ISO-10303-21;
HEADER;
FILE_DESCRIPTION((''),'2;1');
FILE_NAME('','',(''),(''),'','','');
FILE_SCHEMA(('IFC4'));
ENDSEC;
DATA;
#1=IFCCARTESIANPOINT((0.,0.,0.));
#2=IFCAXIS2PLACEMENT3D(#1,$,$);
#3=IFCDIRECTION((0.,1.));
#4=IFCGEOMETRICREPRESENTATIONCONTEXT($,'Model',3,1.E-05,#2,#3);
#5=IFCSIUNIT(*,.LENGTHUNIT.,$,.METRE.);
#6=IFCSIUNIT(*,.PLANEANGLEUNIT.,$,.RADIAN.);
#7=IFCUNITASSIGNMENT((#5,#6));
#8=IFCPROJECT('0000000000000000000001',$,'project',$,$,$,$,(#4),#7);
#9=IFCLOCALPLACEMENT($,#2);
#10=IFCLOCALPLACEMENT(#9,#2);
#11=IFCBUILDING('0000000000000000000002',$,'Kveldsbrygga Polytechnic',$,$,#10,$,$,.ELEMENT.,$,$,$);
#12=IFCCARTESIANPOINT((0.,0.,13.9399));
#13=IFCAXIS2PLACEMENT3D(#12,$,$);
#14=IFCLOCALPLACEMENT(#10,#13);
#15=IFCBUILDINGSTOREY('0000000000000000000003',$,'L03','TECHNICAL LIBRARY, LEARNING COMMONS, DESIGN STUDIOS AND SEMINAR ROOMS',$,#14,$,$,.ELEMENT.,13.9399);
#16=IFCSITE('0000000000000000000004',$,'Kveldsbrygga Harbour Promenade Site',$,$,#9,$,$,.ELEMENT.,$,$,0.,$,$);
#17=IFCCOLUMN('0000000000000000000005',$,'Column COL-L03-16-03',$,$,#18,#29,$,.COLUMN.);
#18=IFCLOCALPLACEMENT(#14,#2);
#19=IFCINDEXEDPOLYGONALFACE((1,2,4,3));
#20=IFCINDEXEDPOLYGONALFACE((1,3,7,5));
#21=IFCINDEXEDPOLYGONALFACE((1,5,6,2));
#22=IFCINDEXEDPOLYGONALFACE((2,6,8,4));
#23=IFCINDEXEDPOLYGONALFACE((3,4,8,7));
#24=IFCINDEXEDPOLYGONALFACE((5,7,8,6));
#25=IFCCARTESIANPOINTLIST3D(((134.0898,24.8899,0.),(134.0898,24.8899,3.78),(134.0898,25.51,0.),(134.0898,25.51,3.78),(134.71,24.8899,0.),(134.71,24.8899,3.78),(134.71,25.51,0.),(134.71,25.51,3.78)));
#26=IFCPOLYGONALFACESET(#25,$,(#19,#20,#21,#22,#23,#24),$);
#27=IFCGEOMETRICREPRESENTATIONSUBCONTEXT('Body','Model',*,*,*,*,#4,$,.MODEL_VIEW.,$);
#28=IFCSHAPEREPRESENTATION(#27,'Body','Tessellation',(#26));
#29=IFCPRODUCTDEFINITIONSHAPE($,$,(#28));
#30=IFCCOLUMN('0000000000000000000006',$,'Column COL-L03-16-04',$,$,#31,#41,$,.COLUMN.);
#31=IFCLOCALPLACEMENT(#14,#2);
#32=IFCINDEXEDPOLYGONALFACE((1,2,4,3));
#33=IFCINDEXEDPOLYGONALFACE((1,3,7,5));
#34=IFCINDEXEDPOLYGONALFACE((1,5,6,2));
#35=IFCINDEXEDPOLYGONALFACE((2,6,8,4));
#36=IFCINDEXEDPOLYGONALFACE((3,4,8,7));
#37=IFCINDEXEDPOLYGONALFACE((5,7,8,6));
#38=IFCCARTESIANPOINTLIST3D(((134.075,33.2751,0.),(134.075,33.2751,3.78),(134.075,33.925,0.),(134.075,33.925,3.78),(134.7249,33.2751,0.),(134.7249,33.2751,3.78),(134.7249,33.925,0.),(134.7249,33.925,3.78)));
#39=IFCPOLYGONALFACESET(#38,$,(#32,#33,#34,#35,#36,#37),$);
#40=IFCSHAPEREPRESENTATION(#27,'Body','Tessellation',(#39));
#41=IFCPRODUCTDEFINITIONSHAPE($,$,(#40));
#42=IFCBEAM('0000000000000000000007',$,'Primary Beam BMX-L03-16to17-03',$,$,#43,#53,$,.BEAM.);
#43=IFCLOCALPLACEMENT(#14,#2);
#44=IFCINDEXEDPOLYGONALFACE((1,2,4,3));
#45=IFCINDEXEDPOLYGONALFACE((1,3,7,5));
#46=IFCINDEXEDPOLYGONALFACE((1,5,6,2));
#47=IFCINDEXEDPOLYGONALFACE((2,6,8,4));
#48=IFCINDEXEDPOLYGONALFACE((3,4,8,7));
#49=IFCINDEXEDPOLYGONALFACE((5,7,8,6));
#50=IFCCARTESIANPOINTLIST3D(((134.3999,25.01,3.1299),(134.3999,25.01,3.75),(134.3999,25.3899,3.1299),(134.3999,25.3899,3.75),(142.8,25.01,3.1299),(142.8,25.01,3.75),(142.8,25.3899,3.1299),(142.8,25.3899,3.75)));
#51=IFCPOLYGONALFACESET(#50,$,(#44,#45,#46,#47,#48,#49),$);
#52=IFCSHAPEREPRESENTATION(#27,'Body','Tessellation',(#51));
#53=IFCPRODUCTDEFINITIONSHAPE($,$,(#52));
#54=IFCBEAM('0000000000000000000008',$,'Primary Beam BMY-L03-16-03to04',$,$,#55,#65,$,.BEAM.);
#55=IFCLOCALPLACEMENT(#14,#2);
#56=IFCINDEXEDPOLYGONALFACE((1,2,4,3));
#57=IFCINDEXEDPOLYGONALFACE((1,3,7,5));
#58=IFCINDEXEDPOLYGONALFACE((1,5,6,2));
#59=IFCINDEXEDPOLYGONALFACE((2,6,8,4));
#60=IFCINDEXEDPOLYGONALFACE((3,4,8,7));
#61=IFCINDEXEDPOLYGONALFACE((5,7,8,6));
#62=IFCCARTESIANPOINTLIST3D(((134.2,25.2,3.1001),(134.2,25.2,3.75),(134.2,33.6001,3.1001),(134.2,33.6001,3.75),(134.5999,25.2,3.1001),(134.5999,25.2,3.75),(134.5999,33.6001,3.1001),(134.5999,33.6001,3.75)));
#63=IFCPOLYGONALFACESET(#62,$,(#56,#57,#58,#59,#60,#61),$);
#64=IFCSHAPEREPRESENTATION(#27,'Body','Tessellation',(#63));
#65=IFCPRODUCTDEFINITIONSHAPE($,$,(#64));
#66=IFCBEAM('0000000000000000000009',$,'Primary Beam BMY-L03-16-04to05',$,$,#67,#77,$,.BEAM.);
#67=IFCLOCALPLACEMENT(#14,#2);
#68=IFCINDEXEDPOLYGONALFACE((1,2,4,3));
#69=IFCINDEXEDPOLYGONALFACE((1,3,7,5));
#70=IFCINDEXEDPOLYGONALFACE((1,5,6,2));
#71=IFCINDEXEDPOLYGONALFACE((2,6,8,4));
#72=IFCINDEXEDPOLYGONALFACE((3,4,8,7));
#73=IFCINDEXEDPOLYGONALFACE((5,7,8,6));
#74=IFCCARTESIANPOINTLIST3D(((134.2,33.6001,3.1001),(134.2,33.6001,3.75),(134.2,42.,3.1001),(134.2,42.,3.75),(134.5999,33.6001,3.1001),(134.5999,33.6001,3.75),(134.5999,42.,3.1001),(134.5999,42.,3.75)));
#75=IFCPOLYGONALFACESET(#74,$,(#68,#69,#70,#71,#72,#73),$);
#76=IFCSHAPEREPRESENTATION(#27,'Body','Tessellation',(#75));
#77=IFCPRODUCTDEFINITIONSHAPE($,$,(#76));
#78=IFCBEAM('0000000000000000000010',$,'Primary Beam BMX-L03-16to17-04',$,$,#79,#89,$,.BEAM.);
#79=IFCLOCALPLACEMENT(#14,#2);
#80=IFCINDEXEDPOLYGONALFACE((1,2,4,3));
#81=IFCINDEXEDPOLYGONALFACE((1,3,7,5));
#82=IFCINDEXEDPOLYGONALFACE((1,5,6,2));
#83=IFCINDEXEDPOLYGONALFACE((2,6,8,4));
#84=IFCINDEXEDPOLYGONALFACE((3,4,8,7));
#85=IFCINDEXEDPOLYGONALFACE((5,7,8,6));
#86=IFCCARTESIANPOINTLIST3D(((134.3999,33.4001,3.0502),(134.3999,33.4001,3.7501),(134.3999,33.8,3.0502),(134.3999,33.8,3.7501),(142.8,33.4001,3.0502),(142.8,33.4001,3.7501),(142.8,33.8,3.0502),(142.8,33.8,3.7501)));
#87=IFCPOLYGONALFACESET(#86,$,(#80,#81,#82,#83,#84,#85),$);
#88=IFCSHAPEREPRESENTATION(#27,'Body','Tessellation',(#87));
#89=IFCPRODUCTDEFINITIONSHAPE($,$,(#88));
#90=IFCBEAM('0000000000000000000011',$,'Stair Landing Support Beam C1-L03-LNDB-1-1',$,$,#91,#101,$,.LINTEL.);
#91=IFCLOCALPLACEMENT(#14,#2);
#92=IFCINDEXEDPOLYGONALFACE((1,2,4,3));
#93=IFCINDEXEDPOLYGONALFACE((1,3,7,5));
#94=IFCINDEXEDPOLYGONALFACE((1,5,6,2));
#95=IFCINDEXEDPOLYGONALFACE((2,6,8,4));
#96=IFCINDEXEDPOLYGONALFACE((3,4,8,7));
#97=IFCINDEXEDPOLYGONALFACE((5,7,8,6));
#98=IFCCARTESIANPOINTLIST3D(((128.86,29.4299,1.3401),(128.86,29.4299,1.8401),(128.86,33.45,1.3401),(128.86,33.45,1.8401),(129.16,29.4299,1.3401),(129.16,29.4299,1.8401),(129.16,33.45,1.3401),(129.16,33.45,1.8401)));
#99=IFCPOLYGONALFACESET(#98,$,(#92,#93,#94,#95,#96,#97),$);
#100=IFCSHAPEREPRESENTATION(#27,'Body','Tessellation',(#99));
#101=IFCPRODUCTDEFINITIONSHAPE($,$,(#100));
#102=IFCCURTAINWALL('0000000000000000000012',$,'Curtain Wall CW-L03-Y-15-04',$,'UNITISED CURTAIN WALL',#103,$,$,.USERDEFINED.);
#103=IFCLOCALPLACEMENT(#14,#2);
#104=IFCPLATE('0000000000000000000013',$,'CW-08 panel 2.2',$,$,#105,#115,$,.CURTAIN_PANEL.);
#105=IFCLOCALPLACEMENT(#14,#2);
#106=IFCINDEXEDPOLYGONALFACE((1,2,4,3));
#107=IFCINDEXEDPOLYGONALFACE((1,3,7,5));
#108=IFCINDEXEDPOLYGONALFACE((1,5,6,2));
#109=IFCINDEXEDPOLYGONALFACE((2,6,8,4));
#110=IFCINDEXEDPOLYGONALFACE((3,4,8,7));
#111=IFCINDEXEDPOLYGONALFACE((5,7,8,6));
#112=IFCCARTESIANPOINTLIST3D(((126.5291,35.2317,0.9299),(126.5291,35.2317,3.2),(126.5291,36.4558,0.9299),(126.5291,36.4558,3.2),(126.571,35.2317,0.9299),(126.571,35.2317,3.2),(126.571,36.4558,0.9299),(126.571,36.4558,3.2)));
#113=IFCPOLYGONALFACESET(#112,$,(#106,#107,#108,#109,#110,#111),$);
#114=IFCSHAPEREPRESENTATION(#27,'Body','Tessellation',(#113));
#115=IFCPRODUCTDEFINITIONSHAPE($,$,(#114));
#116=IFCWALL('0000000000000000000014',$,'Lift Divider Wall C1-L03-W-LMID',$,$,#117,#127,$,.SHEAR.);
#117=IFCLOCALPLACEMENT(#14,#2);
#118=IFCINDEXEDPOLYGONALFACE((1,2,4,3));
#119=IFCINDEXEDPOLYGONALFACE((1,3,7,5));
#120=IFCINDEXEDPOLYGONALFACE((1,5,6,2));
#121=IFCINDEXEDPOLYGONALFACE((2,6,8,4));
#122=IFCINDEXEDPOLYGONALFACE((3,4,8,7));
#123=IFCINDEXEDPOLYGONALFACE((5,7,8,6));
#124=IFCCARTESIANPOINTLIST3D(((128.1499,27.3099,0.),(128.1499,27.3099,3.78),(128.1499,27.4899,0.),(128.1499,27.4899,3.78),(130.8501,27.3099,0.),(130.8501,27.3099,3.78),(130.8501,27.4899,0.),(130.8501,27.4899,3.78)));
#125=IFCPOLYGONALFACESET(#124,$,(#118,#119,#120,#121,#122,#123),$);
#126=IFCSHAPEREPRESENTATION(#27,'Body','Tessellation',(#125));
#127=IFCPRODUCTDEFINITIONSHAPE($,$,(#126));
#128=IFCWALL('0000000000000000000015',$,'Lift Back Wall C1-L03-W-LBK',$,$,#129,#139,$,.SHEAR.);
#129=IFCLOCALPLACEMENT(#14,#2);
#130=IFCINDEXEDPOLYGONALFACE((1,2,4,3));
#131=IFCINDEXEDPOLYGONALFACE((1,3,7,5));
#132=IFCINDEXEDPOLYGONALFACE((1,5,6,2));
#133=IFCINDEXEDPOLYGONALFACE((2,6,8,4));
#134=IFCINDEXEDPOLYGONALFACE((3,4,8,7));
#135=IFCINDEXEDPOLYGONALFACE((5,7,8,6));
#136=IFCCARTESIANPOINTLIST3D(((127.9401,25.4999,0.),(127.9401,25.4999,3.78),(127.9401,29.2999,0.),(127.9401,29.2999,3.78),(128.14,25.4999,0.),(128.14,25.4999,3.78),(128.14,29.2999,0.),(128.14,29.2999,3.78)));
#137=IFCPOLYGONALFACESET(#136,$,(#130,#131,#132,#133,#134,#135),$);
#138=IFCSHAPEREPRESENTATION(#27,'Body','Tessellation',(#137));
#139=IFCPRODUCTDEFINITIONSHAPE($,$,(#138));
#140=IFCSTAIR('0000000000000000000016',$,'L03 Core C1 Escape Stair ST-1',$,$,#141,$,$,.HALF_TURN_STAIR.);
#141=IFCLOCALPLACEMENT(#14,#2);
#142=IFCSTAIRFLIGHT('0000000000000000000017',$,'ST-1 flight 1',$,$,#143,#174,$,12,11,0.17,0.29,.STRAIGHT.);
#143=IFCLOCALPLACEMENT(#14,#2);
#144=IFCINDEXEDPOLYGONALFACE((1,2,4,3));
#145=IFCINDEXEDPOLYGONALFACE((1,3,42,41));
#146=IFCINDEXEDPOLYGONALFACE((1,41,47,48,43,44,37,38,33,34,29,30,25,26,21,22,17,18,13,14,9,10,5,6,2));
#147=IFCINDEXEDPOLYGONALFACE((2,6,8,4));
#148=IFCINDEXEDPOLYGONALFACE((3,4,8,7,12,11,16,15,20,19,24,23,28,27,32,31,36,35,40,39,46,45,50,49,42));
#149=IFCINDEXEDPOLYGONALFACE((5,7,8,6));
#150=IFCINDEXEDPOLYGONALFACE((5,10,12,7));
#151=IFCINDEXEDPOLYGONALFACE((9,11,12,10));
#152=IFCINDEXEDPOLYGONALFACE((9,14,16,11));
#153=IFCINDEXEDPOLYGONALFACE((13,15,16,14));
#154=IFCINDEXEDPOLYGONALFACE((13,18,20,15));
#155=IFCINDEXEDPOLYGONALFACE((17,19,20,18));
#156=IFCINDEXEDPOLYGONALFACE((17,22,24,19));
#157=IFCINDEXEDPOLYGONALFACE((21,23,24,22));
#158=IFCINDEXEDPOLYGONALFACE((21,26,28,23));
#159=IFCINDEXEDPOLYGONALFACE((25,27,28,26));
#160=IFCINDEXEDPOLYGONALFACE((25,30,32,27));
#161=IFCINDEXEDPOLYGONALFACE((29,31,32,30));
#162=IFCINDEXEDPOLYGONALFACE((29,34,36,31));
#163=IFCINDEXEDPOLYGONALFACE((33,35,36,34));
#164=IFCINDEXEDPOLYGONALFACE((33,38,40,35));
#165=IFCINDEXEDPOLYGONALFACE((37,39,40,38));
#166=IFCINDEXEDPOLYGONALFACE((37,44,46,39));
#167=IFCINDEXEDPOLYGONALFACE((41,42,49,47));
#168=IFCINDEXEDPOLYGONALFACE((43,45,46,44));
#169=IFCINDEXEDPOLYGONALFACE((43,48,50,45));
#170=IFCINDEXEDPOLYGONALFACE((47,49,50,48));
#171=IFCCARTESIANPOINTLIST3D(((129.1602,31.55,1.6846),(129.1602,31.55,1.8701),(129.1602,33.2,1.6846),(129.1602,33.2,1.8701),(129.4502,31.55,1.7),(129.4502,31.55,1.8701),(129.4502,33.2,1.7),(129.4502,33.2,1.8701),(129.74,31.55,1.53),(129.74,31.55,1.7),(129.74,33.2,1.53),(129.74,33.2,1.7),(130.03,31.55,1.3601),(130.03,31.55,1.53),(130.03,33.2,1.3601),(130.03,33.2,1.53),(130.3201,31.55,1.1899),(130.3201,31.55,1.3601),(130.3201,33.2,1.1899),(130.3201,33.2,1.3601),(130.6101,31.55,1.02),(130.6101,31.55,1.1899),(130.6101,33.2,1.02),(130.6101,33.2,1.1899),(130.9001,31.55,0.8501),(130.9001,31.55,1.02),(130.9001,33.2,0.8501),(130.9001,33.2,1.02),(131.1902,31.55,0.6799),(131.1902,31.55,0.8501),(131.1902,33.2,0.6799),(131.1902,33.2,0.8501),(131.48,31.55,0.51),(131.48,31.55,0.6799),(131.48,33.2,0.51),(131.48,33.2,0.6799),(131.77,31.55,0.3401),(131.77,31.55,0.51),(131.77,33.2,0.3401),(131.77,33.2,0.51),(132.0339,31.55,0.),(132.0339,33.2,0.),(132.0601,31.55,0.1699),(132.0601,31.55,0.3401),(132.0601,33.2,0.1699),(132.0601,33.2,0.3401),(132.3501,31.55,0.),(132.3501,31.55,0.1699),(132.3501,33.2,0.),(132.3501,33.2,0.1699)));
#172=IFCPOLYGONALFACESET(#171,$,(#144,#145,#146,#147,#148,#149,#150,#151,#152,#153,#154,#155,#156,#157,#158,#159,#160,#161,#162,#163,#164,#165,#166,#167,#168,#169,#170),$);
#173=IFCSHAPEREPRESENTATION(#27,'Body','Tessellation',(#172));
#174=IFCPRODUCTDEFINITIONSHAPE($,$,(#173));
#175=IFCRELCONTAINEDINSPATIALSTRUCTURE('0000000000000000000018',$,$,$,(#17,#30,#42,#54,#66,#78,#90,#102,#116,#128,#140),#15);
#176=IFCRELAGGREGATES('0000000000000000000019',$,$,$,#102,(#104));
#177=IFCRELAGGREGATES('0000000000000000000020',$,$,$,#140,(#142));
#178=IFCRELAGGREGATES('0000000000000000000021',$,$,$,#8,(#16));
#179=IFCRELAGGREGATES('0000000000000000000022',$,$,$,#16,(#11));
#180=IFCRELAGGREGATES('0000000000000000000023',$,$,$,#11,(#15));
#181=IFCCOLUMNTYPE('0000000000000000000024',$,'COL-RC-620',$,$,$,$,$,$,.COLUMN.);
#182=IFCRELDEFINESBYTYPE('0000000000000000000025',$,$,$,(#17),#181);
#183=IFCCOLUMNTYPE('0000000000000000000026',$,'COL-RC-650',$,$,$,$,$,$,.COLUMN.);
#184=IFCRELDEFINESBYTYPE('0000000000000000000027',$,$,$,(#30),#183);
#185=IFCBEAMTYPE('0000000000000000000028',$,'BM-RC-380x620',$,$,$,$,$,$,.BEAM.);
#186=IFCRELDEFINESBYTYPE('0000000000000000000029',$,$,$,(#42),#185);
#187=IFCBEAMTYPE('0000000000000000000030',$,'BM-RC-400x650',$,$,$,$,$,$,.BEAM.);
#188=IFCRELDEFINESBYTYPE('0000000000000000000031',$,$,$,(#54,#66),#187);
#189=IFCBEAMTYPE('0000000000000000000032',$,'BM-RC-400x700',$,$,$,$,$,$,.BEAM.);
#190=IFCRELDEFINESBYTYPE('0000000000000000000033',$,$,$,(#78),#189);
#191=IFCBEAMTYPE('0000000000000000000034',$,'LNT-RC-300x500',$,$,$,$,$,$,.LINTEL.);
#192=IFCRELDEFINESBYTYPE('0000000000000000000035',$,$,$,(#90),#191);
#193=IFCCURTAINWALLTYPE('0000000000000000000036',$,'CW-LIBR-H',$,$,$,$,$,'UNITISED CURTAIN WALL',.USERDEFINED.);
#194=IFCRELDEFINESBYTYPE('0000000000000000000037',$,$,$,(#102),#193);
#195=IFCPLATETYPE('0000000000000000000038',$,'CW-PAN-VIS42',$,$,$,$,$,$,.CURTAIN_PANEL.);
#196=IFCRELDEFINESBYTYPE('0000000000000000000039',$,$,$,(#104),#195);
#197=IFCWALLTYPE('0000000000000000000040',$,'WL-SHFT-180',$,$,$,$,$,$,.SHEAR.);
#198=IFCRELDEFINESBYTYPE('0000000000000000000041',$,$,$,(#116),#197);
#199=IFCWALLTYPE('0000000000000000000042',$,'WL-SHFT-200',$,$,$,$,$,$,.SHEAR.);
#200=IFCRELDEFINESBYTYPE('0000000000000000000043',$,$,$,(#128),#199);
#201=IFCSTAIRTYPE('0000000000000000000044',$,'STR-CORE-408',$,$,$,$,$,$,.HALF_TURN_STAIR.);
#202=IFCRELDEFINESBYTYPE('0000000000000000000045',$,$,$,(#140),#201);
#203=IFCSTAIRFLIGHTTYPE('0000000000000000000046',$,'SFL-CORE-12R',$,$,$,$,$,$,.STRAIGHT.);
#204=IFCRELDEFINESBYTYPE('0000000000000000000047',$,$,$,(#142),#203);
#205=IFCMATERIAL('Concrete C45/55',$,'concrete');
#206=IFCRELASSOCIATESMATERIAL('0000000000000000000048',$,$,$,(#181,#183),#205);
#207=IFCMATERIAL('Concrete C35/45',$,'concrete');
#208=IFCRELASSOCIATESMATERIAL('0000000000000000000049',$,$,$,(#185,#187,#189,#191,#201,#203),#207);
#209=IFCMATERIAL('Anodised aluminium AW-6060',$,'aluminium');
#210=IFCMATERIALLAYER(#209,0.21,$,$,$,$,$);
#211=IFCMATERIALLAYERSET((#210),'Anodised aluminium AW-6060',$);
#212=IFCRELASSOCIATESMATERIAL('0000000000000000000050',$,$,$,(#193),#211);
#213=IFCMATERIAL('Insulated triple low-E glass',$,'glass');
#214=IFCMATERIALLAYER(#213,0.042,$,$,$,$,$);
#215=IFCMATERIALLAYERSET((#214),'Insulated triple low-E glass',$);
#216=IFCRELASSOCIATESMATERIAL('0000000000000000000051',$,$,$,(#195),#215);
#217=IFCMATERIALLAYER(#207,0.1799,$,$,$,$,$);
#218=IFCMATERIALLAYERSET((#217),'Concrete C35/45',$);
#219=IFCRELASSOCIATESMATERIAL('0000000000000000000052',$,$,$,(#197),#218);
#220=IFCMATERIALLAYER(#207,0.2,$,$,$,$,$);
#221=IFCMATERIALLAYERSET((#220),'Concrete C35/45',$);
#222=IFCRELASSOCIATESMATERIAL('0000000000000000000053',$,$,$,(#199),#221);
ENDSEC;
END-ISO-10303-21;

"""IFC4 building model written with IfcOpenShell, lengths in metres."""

from ifc_helpers import new_model, si_unit, direction, frame, frame_2d, origin, origin_2d, place, context, subcontext, project, spatial, polyline, rectangle, outline, extrude, material, layer, layer_set, material_profile, profile_set, type_object, element, aggregate, save


model = new_model("IFC4")

# Units and contexts
model_context = context("Model", 3, precision=1e-05, world=origin(), true_north=direction((0.0, 1.0)))
body_context = subcontext(model_context, "Body", "Model", "MODEL_VIEW")
ifc_project = project(units=[si_unit("LENGTHUNIT", "METRE"), si_unit("PLANEANGLEUNIT", "RADIAN")], contexts=[model_context])

# Site, building, storey
site_placement = place(None, origin())
site = spatial("IfcSite", under=ifc_project, at=site_placement, Name="Kveldsbrygga Harbour Promenade Site", CompositionType="ELEMENT", RefElevation=0.0)
building_placement = place(site_placement, origin())
building = spatial("IfcBuilding", under=site, at=building_placement, Name="Kveldsbrygga Polytechnic", CompositionType="ELEMENT")
storey_placement = place(building_placement, frame((0.0, 0.0, 13.9399)))
storey = spatial("IfcBuildingStorey", under=building, at=storey_placement, Name="L03", Description="TECHNICAL LIBRARY, LEARNING COMMONS, DESIGN STUDIOS AND SEMINAR ROOMS", CompositionType="ELEMENT", Elevation=13.9399)

# Columns
ifc_material_1 = material(Name="Concrete C45/55", Category="concrete")
ifc_material_profile_1 = material_profile(ifc_material_1, rectangle(XDim=0.6201, YDim=0.6201, at=origin_2d()), Name="RC 620x620")
ifc_profile_set_1 = profile_set([ifc_material_profile_1], Name="Concrete C45/55")
column_type_1 = type_object("IfcColumnType", Name="COL-RC-620", PredefinedType="COLUMN", material=ifc_profile_set_1)
column_1_placement = place(storey_placement, frame((134.3999, 25.2, 0.0), z_axis=(0.0, 0.0, 1.0), x_axis=(1.0, 0.0, 0.0)))
element("IfcColumn", 1, at=column_1_placement, inside=storey, type_object=column_type_1, Name="Column COL-L03-16-03", PredefinedType="COLUMN", context=body_context, shape_type="SweptSolid", body=[
    extrude(rectangle(XDim=0.6201, YDim=0.6201, at=origin_2d()), origin(), (0.0, 0.0, 1.0), 3.78),
])
ifc_material_profile_2 = material_profile(ifc_material_1, rectangle(XDim=0.6499, YDim=0.6499, at=origin_2d()), Name="RC 650x650")
ifc_profile_set_2 = profile_set([ifc_material_profile_2], Name="Concrete C45/55")
column_type_2 = type_object("IfcColumnType", Name="COL-RC-650", PredefinedType="COLUMN", material=ifc_profile_set_2)
column_2_placement = place(storey_placement, frame((134.3999, 33.6001, 0.0), z_axis=(0.0, 0.0, 1.0), x_axis=(1.0, 0.0, 0.0)))
element("IfcColumn", 2, at=column_2_placement, inside=storey, type_object=column_type_2, Name="Column COL-L03-16-04", PredefinedType="COLUMN", context=body_context, shape_type="SweptSolid", body=[
    extrude(rectangle(XDim=0.6499, YDim=0.6499, at=origin_2d()), origin(), (0.0, 0.0, 1.0), 3.78),
])

# Beams
ifc_material_2 = material(Name="Concrete C35/45", Category="concrete")
ifc_material_profile_3 = material_profile(ifc_material_2, rectangle(XDim=0.3799, YDim=0.6201, at=origin_2d()), Name="RC 380x620")
ifc_profile_set_3 = profile_set([ifc_material_profile_3], Name="Concrete C35/45")
beam_type_1 = type_object("IfcBeamType", Name="BM-RC-380x620", PredefinedType="BEAM", material=ifc_profile_set_3)
beam_1_placement = place(storey_placement, frame((134.3999, 25.2, 3.4399), z_axis=(1.0, 0.0, 0.0), x_axis=(0.0, 1.0, 0.0)))
element("IfcBeam", 3, at=beam_1_placement, inside=storey, type_object=beam_type_1, Name="Primary Beam BMX-L03-16to17-03", PredefinedType="BEAM", context=body_context, shape_type="SweptSolid", body=[
    extrude(rectangle(XDim=0.3799, YDim=0.6201, at=origin_2d()), origin(), (0.0, 0.0, 1.0), 8.4001),
])
ifc_material_profile_4 = material_profile(ifc_material_2, rectangle(XDim=0.3999, YDim=0.6499, at=origin_2d()), Name="RC 400x650")
ifc_profile_set_4 = profile_set([ifc_material_profile_4], Name="Concrete C35/45")
beam_type_2 = type_object("IfcBeamType", Name="BM-RC-400x650", PredefinedType="BEAM", material=ifc_profile_set_4)
beam_2_placement = place(storey_placement, frame((134.3999, 25.2, 3.425), z_axis=(0.0, 1.0, 0.0), x_axis=(-1.0, 0.0, 0.0)))
element("IfcBeam", 4, at=beam_2_placement, inside=storey, type_object=beam_type_2, Name="Primary Beam BMY-L03-16-03to04", PredefinedType="BEAM", context=body_context, shape_type="SweptSolid", body=[
    extrude(rectangle(XDim=0.3999, YDim=0.6499, at=origin_2d()), origin(), (0.0, 0.0, 1.0), 8.4001),
])
beam_3_placement = place(storey_placement, frame((134.3999, 33.6001, 3.425), z_axis=(0.0, 1.0, 0.0), x_axis=(-1.0, 0.0, 0.0)))
element("IfcBeam", 5, at=beam_3_placement, inside=storey, type_object=beam_type_2, Name="Primary Beam BMY-L03-16-04to05", PredefinedType="BEAM", context=body_context, shape_type="SweptSolid", body=[
    extrude(rectangle(XDim=0.3999, YDim=0.6499, at=origin_2d()), origin(), (0.0, 0.0, 1.0), 8.3999),
])
ifc_material_profile_5 = material_profile(ifc_material_2, rectangle(XDim=0.3999, YDim=0.7, at=origin_2d()), Name="RC 400x700")
ifc_profile_set_5 = profile_set([ifc_material_profile_5], Name="Concrete C35/45")
beam_type_3 = type_object("IfcBeamType", Name="BM-RC-400x700", PredefinedType="BEAM", material=ifc_profile_set_5)
beam_4_placement = place(storey_placement, frame((134.3999, 33.6001, 3.4001), z_axis=(1.0, 0.0, 0.0), x_axis=(0.0, 1.0, 0.0)))
element("IfcBeam", 6, at=beam_4_placement, inside=storey, type_object=beam_type_3, Name="Primary Beam BMX-L03-16to17-04", PredefinedType="BEAM", context=body_context, shape_type="SweptSolid", body=[
    extrude(rectangle(XDim=0.3999, YDim=0.7, at=origin_2d()), origin(), (0.0, 0.0, 1.0), 8.4001),
])
ifc_material_profile_6 = material_profile(ifc_material_2, rectangle(XDim=0.3, YDim=0.5, at=origin_2d()), Name="RC 300x500")
ifc_profile_set_6 = profile_set([ifc_material_profile_6], Name="Concrete C35/45")
beam_type_4 = type_object("IfcBeamType", Name="LNT-RC-300x500", PredefinedType="LINTEL", material=ifc_profile_set_6)
beam_5_placement = place(storey_placement, frame((129.01, 29.4299, 1.5901), z_axis=(0.0, 1.0, 0.0), x_axis=(-1.0, 0.0, 0.0)))
element("IfcBeam", 7, at=beam_5_placement, inside=storey, type_object=beam_type_4, Name="Stair Landing Support Beam C1-L03-LNDB-1-1", PredefinedType="LINTEL", context=body_context, shape_type="SweptSolid", body=[
    extrude(rectangle(XDim=0.3, YDim=0.5, at=origin_2d()), origin(), (0.0, 0.0, 1.0), 4.02),
])

# Curtain wall, plate
ifc_material_3 = material(Name="Anodised aluminium AW-6060", Category="aluminium")
ifc_layer_1 = layer(ifc_material_3, 0.21)
ifc_layer_set_1 = layer_set([ifc_layer_1], Name="Anodised aluminium AW-6060")
curtain_wall_type = type_object("IfcCurtainWallType", Name="CW-LIBR-H", ElementType="UNITISED CURTAIN WALL", PredefinedType="USERDEFINED", material=ifc_layer_set_1)
curtain_wall_placement = place(storey_placement, origin())
curtain_wall = element("IfcCurtainWall", 8, at=curtain_wall_placement, inside=storey, type_object=curtain_wall_type, Name="Curtain Wall CW-L03-Y-15-04", ObjectType="UNITISED CURTAIN WALL", PredefinedType="USERDEFINED")
ifc_material_4 = material(Name="Insulated triple low-E glass", Category="glass")
ifc_layer_2 = layer(ifc_material_4, 0.042)
ifc_layer_set_2 = layer_set([ifc_layer_2], Name="Insulated triple low-E glass")
plate_type = type_object("IfcPlateType", Name="CW-PAN-VIS42", PredefinedType="CURTAIN_PANEL", material=ifc_layer_set_2)
plate_placement = place(storey_placement, frame((126.55, 35.8438, 0.9299), z_axis=(0.0, 0.0, 1.0), x_axis=(0.0, 1.0, 0.0)))
plate = element("IfcPlate", 9, at=plate_placement, type_object=plate_type, Name="CW-08 panel 2.2", PredefinedType="CURTAIN_PANEL", context=body_context, shape_type="SweptSolid", body=[
    extrude(rectangle(XDim=1.2241, YDim=0.042, at=origin_2d()), origin(), (0.0, 0.0, 1.0), 2.27),
])
aggregate(curtain_wall, [plate])

# Wall
ifc_layer_3 = layer(ifc_material_2, 0.1799)
ifc_layer_set_3 = layer_set([ifc_layer_3], Name="Concrete C35/45")
wall_type_1 = type_object("IfcWallType", Name="WL-SHFT-180", PredefinedType="SHEAR", material=ifc_layer_set_3)
wall_1_placement = place(storey_placement, frame((128.1499, 27.3999, 0.0), z_axis=(0.0, 0.0, 1.0), x_axis=(1.0, 0.0, 0.0)))
element("IfcWall", 10, at=wall_1_placement, inside=storey, type_object=wall_type_1, Name="Lift Divider Wall C1-L03-W-LMID", PredefinedType="SHEAR", context=body_context, shape_type="SweptSolid", body=[
    extrude(rectangle(XDim=2.7002, YDim=0.1799, at=frame_2d((1.3501, 0.0))), origin(), (0.0, 0.0, 1.0), 3.78),
])

# Shared definitions
ifc_layer_4 = layer(ifc_material_2, 0.2)
ifc_layer_set_4 = layer_set([ifc_layer_4], Name="Concrete C35/45")
wall_type_2 = type_object("IfcWallType", Name="WL-SHFT-200", PredefinedType="SHEAR", material=ifc_layer_set_4)

# Wall
wall_2_placement = place(storey_placement, frame((128.04, 25.5, 0.0), z_axis=(0.0, 0.0, 1.0), x_axis=(0.0, 1.0, 0.0)))
element("IfcWall", 11, at=wall_2_placement, inside=storey, type_object=wall_type_2, Name="Lift Back Wall C1-L03-W-LBK", PredefinedType="SHEAR", context=body_context, shape_type="SweptSolid", body=[
    extrude(rectangle(XDim=3.8, YDim=0.2, at=frame_2d((1.8999, 0.0))), origin(), (0.0, 0.0, 1.0), 3.78),
])

# Stair, stair flight
stair_type = type_object("IfcStairType", Name="STR-CORE-408", PredefinedType="HALF_TURN_STAIR", material=ifc_material_2)
stair_placement = place(storey_placement, origin())
stair = element("IfcStair", 12, at=stair_placement, inside=storey, type_object=stair_type, Name="L03 Core C1 Escape Stair ST-1", PredefinedType="HALF_TURN_STAIR")
stair_flight_type = type_object("IfcStairFlightType", Name="SFL-CORE-12R", PredefinedType="STRAIGHT", material=ifc_material_2)
stair_flight_1_placement = place(storey_placement, frame((132.3501, 32.375, 0.0), z_axis=(0.0, 0.0, 1.0), x_axis=(-1.0, 0.0, 0.0)))
stair_flight_1 = element("IfcStairFlight", 13, at=stair_flight_1_placement, type_object=stair_flight_type, Name="ST-1 flight 1", NumberOfRisers=12, NumberOfTreads=11, PredefinedType="STRAIGHT", RiserHeight=0.17, TreadLength=0.29, context=body_context, shape_type="SweptSolid", body=[
    extrude(outline(polyline([(0.0, 0.0), (0.0, 0.1699), (0.29, 0.1699), (0.29, 0.3401), (0.5801, 0.3401), (0.5801, 0.51), (0.8701, 0.51), (0.8701, 0.6799), (1.1599, 0.6799), (1.1599, 0.8501), (1.45, 0.8501), (1.45, 1.02), (1.74, 1.02), (1.74, 1.1899), (2.03, 1.1899), (2.03, 1.3601), (2.3201, 1.3601), (2.3201, 1.53), (2.6101, 1.53), (2.6101, 1.7), (2.8999, 1.7), (2.8999, 1.8701), (3.1899, 1.8701), (3.1899, 2.04), (3.1899, 1.6846), (0.3162, 0.0), (0.0, 0.0)])), frame((0.0, 0.825, 0.0), z_axis=(0.0, -1.0, 0.0), x_axis=(1.0, 0.0, 0.0)), (0.0, 0.0, 1.0), 1.6499),
])
aggregate(stair, [stair_flight_1])

save(model, "model.ifc")
